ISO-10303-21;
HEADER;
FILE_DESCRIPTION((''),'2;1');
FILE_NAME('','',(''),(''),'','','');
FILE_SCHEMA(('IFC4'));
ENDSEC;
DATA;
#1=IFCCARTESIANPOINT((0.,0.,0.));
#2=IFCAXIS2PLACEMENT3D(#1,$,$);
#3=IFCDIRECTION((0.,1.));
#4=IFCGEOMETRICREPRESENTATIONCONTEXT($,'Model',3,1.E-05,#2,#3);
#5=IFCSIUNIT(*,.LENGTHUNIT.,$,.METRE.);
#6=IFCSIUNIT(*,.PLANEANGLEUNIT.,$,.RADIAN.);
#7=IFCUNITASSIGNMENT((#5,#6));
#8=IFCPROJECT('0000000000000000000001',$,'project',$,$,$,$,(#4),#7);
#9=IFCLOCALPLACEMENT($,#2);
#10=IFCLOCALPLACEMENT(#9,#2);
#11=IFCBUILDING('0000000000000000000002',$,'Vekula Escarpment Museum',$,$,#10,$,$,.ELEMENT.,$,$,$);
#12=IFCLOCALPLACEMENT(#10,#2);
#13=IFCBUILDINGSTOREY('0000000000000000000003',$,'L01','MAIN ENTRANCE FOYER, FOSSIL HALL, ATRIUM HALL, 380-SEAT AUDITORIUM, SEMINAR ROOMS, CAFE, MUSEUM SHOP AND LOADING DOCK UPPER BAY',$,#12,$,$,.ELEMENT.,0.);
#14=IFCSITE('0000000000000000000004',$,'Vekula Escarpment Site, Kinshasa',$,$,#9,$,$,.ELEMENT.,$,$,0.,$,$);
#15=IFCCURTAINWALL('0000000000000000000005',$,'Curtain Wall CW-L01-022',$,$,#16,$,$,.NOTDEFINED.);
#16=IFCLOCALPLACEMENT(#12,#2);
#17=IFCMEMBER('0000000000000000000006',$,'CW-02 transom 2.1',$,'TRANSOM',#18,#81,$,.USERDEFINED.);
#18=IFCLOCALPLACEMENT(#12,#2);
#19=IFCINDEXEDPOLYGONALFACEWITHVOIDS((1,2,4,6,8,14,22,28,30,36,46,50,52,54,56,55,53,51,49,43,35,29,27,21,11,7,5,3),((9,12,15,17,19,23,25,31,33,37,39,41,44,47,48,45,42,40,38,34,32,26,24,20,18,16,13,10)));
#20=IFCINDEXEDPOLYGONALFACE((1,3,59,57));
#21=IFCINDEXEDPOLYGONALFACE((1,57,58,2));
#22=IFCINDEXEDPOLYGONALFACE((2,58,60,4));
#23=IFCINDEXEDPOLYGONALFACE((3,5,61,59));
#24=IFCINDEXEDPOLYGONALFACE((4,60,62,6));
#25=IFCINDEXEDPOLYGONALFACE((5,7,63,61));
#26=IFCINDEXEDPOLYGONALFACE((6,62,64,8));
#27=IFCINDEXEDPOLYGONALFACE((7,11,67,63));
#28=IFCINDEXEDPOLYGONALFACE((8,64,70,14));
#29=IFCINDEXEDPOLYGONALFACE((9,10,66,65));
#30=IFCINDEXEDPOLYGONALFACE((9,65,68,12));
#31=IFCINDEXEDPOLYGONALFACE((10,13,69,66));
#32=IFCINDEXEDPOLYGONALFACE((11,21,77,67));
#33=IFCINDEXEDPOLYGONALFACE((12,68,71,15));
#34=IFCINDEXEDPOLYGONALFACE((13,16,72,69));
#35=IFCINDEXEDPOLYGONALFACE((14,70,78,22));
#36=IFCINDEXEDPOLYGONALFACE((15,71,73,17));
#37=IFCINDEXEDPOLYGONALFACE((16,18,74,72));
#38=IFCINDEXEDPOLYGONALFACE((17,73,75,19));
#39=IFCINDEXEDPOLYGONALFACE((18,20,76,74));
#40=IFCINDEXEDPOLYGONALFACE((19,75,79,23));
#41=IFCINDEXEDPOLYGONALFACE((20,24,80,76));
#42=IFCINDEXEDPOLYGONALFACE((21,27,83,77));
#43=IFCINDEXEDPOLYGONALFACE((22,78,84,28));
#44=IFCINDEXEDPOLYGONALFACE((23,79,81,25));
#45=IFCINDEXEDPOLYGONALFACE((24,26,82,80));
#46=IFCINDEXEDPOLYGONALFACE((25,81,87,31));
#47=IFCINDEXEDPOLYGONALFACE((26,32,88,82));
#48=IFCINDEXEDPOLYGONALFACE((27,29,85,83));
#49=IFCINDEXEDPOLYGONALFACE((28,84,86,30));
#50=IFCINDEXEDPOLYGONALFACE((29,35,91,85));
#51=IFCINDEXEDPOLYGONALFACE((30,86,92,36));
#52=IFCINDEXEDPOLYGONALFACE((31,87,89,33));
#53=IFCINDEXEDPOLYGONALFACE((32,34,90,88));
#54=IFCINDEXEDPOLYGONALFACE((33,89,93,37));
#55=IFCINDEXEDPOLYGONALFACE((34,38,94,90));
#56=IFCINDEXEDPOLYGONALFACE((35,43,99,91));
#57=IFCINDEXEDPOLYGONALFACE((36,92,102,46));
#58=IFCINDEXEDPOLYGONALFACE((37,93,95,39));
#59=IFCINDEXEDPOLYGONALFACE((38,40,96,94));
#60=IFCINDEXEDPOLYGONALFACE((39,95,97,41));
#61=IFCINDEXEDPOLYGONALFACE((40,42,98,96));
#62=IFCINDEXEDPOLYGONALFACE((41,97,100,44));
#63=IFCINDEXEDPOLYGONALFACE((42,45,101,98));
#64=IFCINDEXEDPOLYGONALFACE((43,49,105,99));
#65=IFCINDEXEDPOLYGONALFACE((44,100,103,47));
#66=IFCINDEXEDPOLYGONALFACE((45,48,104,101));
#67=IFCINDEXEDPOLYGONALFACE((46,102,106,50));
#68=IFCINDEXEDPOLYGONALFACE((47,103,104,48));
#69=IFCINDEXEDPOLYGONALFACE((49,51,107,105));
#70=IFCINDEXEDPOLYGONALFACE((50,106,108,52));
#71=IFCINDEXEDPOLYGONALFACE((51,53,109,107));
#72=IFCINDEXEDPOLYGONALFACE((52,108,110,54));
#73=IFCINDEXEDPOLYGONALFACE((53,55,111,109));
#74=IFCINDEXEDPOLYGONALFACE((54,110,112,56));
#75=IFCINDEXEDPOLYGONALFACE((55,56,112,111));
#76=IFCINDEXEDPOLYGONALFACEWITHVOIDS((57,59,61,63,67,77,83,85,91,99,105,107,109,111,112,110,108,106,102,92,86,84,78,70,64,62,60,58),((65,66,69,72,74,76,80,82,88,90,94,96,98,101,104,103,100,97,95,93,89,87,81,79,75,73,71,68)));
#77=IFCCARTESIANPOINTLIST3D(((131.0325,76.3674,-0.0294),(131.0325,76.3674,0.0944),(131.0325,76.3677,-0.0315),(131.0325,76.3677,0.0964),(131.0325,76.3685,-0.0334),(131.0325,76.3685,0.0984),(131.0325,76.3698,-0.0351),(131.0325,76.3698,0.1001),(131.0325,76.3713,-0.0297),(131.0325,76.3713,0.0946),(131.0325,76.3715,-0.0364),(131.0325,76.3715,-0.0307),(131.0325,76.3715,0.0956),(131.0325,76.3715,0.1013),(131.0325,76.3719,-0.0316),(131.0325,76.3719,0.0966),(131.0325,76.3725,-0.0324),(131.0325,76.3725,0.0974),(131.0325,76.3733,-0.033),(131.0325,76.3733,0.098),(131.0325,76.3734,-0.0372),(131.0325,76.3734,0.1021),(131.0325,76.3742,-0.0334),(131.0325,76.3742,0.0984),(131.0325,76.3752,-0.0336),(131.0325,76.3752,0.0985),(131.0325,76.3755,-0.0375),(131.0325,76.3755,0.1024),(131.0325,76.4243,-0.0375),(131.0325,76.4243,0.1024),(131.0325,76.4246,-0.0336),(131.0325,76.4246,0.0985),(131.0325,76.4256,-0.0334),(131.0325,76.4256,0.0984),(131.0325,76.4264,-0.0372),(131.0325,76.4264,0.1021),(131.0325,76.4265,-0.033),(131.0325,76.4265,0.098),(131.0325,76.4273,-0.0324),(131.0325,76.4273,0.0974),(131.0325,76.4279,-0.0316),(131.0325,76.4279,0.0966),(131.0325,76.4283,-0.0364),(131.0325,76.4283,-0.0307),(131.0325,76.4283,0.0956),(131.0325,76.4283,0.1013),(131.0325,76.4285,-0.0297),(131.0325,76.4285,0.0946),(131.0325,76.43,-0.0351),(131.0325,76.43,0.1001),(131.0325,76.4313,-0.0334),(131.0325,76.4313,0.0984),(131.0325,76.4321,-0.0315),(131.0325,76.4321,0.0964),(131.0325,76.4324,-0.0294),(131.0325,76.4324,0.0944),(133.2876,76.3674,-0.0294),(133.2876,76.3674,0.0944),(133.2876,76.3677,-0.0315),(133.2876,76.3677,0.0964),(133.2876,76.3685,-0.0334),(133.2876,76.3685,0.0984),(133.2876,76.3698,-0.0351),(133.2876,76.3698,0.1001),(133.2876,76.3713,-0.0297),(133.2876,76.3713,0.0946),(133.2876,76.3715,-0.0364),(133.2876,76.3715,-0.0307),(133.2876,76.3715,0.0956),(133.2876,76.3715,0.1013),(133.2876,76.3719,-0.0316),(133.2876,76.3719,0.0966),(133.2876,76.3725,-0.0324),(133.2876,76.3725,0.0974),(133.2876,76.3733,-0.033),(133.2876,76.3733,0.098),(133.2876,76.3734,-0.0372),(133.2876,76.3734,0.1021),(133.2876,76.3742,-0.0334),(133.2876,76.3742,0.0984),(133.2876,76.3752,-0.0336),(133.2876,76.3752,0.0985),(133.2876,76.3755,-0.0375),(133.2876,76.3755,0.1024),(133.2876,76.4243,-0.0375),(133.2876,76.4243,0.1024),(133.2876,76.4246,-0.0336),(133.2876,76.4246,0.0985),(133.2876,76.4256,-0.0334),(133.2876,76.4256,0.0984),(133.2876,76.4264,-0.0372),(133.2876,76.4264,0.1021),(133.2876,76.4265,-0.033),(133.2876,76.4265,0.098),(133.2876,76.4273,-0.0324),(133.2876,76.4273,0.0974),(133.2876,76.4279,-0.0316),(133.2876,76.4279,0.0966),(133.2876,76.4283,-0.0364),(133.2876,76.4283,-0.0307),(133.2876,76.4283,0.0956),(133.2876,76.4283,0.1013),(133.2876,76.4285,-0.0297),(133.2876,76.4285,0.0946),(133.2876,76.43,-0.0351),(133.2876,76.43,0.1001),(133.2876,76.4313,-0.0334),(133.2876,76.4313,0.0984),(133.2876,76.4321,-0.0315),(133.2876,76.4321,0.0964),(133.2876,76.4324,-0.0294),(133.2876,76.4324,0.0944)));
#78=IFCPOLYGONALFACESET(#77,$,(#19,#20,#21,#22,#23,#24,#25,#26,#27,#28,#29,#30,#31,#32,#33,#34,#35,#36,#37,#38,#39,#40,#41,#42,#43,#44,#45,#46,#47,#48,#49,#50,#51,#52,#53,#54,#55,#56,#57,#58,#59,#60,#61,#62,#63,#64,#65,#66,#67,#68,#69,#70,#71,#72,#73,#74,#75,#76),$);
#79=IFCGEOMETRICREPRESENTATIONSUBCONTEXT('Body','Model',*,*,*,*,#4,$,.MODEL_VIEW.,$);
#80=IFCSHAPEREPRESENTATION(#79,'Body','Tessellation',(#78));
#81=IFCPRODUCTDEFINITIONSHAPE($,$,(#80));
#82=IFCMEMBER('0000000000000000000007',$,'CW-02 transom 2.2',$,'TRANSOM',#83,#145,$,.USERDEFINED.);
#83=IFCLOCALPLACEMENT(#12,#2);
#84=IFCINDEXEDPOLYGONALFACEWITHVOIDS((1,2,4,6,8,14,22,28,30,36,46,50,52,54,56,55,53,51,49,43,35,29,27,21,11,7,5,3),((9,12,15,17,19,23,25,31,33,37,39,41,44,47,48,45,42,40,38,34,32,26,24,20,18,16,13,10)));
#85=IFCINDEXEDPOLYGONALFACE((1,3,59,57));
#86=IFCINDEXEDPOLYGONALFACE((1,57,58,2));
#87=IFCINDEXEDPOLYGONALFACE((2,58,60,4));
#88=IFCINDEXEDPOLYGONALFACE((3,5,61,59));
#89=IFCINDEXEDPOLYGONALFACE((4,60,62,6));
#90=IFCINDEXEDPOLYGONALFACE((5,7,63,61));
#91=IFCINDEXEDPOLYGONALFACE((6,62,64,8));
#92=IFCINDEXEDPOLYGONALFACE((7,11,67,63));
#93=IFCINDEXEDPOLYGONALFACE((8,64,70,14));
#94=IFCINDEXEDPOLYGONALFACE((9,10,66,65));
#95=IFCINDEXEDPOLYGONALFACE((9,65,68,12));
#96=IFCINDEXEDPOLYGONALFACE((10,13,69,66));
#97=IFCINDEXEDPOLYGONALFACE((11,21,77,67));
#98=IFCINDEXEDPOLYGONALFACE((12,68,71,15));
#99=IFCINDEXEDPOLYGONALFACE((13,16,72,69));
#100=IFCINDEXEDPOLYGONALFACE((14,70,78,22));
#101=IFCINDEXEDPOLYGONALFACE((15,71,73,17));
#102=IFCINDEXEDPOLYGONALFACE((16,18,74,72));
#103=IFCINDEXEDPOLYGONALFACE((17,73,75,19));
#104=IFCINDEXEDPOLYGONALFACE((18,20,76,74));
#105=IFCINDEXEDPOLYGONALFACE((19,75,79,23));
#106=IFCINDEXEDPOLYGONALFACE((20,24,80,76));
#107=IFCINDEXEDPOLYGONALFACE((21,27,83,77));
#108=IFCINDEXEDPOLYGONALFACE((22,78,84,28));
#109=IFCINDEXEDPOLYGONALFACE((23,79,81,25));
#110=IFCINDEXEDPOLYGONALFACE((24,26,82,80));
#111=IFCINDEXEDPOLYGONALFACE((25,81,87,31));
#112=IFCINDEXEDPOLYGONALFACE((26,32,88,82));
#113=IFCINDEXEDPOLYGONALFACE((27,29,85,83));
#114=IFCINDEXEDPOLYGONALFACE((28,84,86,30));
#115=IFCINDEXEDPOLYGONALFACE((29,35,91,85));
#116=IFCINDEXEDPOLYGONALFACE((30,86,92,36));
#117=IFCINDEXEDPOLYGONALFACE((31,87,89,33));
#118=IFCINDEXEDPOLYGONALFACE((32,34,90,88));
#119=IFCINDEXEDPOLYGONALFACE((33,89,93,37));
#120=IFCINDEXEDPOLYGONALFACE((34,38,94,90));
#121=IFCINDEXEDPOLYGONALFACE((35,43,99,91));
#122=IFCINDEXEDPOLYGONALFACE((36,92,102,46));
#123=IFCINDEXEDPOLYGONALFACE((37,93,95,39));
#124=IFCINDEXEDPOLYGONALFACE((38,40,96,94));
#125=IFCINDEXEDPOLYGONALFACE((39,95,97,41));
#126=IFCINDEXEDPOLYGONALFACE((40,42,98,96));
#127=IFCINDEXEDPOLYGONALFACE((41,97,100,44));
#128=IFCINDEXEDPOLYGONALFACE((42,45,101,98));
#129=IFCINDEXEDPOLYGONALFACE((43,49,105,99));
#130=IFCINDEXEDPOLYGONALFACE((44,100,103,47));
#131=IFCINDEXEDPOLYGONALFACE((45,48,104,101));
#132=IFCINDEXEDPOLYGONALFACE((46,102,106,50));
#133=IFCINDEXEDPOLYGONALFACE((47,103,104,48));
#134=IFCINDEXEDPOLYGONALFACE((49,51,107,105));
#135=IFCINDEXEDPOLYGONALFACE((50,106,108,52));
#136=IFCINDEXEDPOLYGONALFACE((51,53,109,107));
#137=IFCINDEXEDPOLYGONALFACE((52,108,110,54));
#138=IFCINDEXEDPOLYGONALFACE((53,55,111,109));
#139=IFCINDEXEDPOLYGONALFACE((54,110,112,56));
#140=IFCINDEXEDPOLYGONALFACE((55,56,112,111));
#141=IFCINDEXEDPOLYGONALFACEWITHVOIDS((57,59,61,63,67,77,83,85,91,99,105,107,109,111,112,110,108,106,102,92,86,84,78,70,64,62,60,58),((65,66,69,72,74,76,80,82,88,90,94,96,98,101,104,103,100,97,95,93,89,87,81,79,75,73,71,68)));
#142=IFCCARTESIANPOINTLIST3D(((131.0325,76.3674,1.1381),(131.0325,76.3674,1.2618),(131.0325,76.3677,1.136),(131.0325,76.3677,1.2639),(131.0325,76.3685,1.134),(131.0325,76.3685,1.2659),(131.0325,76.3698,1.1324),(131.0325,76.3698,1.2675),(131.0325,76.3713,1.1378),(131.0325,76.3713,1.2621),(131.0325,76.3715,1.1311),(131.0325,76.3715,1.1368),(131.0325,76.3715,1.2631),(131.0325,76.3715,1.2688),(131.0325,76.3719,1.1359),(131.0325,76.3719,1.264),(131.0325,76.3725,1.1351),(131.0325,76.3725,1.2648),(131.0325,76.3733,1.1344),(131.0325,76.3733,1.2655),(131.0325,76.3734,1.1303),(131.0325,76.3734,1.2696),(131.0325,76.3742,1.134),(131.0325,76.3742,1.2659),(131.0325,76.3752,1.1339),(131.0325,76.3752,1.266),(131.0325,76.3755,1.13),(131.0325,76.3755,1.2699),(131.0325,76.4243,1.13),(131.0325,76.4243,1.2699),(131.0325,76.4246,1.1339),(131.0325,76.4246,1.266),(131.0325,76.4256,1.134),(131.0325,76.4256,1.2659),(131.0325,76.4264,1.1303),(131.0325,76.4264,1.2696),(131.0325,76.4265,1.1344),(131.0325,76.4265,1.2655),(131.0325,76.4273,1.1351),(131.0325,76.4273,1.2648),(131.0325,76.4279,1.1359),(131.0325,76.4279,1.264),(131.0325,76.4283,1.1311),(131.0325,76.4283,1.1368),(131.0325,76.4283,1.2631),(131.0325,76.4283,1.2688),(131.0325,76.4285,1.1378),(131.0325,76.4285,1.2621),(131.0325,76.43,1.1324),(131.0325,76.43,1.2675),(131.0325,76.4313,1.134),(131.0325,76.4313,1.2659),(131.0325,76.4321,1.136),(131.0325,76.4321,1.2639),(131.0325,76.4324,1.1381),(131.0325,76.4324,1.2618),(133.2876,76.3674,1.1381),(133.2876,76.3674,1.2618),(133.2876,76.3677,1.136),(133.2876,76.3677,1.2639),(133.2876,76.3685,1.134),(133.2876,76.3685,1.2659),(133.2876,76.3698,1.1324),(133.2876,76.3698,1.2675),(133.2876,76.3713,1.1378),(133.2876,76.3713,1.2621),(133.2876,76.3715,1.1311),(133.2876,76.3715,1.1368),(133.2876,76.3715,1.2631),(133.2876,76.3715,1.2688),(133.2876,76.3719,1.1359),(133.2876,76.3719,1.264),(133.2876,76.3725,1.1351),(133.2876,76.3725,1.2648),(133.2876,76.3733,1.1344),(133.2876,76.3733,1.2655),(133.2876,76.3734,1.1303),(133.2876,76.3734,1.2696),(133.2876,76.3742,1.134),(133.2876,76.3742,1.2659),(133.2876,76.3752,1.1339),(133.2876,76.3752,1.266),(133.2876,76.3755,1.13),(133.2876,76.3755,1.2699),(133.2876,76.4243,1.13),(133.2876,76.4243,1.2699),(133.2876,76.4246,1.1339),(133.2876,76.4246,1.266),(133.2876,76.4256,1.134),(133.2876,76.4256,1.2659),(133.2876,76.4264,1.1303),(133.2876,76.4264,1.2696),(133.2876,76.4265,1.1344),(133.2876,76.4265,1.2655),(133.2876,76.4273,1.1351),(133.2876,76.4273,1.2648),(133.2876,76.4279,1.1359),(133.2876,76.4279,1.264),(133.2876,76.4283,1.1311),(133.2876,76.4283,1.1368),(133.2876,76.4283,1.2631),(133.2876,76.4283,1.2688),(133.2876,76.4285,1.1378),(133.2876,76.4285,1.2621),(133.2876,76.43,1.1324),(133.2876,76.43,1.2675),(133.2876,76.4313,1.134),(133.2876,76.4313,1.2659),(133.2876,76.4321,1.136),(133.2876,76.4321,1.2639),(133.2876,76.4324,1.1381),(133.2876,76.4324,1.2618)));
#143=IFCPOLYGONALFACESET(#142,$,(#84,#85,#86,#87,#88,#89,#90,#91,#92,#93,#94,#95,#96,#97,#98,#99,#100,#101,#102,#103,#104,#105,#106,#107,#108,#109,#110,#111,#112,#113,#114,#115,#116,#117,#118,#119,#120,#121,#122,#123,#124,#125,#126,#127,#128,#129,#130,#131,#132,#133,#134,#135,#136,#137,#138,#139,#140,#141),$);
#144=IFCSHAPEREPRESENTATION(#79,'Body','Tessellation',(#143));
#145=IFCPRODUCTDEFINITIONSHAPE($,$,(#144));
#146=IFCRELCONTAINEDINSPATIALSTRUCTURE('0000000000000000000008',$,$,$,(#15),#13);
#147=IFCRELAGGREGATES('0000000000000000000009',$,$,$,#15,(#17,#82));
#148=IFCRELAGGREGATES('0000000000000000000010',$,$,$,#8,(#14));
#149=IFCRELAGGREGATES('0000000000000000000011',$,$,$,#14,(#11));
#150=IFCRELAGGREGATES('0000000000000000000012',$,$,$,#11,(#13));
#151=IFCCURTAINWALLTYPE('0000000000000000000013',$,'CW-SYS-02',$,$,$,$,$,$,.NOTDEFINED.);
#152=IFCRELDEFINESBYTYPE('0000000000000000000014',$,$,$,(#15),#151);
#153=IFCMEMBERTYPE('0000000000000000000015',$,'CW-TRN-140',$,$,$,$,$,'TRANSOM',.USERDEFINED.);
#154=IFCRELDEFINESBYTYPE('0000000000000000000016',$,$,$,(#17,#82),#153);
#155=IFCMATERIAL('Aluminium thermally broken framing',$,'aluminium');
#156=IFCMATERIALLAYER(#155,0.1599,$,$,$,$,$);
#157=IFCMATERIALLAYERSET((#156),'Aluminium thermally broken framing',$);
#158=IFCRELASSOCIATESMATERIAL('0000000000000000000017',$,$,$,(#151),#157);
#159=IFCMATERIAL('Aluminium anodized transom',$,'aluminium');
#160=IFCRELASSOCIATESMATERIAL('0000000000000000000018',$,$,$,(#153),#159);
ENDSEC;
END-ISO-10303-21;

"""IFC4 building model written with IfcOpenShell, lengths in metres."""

from ifc_helpers import new_model, si_unit, direction, frame, origin, origin_2d, place, context, subcontext, project, spatial, hollow_rectangle, extrude, material, layer, layer_set, material_profile, profile_set, type_object, element, aggregate, save


model = new_model("IFC4")

# Units and contexts
model_context = context("Model", 3, precision=1e-05, world=origin(), true_north=direction((0.0, 1.0)))
body_context = subcontext(model_context, "Body", "Model", "MODEL_VIEW")
ifc_project = project(units=[si_unit("LENGTHUNIT", "METRE"), si_unit("PLANEANGLEUNIT", "RADIAN")], contexts=[model_context])

# Site, building, storey
site_placement = place(None, origin())
site = spatial("IfcSite", under=ifc_project, at=site_placement, Name="Vekula Escarpment Site, Kinshasa", CompositionType="ELEMENT", RefElevation=0.0)
building_placement = place(site_placement, origin())
building = spatial("IfcBuilding", under=site, at=building_placement, Name="Vekula Escarpment Museum", CompositionType="ELEMENT")
storey_placement = place(building_placement, origin())
storey = spatial("IfcBuildingStorey", under=building, at=storey_placement, Name="L01", Description="MAIN ENTRANCE FOYER, FOSSIL HALL, ATRIUM HALL, 380-SEAT AUDITORIUM, SEMINAR ROOMS, CAFE, MUSEUM SHOP AND LOADING DOCK UPPER BAY", CompositionType="ELEMENT", Elevation=0.0)

# Curtain wall
ifc_material_1 = material(Name="Aluminium thermally broken framing", Category="aluminium")
ifc_layer_1 = layer(ifc_material_1, 0.1599)
ifc_layer_set_1 = layer_set([ifc_layer_1], Name="Aluminium thermally broken framing")
curtain_wall_type_1 = type_object("IfcCurtainWallType", Name="CW-SYS-02", PredefinedType="NOTDEFINED", material=ifc_layer_set_1)
curtain_wall_1_placement = place(storey_placement, origin())
curtain_wall_1 = element("IfcCurtainWall", 1, at=curtain_wall_1_placement, inside=storey, type_object=curtain_wall_type_1, Name="Curtain Wall CW-L01-022", PredefinedType="NOTDEFINED")

# Members
ifc_material_2 = material(Name="Aluminium anodized transom", Category="aluminium")
ifc_material_profile_1 = material_profile(ifc_material_2, hollow_rectangle(XDim=0.0649, YDim=0.1399, WallThickness=0.0039, InnerFilletRadius=0.0039, OuterFilletRadius=0.0081, at=origin_2d()), Name="ALU 140x65x4")
ifc_profile_set_1 = profile_set([ifc_material_profile_1], Name="Aluminium anodized transom")
member_type_1 = type_object("IfcMemberType", Name="CW-TRN-140", ElementType="TRANSOM", PredefinedType="USERDEFINED", material=ifc_profile_set_1)
member_1_placement = place(storey_placement, frame((133.2876, 76.3999, 0.0325), z_axis=(-1.0, 0.0, 0.0), x_axis=(0.0, -1.0, 0.0)))
member_1 = element("IfcMember", 2, at=member_1_placement, type_object=member_type_1, Name="CW-02 transom 2.1", ObjectType="TRANSOM", PredefinedType="USERDEFINED", context=body_context, shape_type="SweptSolid", body=[
    extrude(hollow_rectangle(XDim=0.0649, YDim=0.1399, WallThickness=0.0039, InnerFilletRadius=0.0039, OuterFilletRadius=0.0081, at=origin_2d()), origin(), (0.0, 0.0, 1.0), 2.2551),
])
member_2_placement = place(storey_placement, frame((133.2876, 76.3999, 1.2), z_axis=(-1.0, 0.0, 0.0), x_axis=(0.0, -1.0, 0.0)))
member_2 = element("IfcMember", 3, at=member_2_placement, type_object=member_type_1, Name="CW-02 transom 2.2", ObjectType="TRANSOM", PredefinedType="USERDEFINED", context=body_context, shape_type="SweptSolid", body=[
    extrude(hollow_rectangle(XDim=0.0649, YDim=0.1399, WallThickness=0.0039, InnerFilletRadius=0.0039, OuterFilletRadius=0.0081, at=origin_2d()), origin(), (0.0, 0.0, 1.0), 2.2551),
])

aggregate(curtain_wall_1, [member_1, member_2])

save(model, "model.ifc")
